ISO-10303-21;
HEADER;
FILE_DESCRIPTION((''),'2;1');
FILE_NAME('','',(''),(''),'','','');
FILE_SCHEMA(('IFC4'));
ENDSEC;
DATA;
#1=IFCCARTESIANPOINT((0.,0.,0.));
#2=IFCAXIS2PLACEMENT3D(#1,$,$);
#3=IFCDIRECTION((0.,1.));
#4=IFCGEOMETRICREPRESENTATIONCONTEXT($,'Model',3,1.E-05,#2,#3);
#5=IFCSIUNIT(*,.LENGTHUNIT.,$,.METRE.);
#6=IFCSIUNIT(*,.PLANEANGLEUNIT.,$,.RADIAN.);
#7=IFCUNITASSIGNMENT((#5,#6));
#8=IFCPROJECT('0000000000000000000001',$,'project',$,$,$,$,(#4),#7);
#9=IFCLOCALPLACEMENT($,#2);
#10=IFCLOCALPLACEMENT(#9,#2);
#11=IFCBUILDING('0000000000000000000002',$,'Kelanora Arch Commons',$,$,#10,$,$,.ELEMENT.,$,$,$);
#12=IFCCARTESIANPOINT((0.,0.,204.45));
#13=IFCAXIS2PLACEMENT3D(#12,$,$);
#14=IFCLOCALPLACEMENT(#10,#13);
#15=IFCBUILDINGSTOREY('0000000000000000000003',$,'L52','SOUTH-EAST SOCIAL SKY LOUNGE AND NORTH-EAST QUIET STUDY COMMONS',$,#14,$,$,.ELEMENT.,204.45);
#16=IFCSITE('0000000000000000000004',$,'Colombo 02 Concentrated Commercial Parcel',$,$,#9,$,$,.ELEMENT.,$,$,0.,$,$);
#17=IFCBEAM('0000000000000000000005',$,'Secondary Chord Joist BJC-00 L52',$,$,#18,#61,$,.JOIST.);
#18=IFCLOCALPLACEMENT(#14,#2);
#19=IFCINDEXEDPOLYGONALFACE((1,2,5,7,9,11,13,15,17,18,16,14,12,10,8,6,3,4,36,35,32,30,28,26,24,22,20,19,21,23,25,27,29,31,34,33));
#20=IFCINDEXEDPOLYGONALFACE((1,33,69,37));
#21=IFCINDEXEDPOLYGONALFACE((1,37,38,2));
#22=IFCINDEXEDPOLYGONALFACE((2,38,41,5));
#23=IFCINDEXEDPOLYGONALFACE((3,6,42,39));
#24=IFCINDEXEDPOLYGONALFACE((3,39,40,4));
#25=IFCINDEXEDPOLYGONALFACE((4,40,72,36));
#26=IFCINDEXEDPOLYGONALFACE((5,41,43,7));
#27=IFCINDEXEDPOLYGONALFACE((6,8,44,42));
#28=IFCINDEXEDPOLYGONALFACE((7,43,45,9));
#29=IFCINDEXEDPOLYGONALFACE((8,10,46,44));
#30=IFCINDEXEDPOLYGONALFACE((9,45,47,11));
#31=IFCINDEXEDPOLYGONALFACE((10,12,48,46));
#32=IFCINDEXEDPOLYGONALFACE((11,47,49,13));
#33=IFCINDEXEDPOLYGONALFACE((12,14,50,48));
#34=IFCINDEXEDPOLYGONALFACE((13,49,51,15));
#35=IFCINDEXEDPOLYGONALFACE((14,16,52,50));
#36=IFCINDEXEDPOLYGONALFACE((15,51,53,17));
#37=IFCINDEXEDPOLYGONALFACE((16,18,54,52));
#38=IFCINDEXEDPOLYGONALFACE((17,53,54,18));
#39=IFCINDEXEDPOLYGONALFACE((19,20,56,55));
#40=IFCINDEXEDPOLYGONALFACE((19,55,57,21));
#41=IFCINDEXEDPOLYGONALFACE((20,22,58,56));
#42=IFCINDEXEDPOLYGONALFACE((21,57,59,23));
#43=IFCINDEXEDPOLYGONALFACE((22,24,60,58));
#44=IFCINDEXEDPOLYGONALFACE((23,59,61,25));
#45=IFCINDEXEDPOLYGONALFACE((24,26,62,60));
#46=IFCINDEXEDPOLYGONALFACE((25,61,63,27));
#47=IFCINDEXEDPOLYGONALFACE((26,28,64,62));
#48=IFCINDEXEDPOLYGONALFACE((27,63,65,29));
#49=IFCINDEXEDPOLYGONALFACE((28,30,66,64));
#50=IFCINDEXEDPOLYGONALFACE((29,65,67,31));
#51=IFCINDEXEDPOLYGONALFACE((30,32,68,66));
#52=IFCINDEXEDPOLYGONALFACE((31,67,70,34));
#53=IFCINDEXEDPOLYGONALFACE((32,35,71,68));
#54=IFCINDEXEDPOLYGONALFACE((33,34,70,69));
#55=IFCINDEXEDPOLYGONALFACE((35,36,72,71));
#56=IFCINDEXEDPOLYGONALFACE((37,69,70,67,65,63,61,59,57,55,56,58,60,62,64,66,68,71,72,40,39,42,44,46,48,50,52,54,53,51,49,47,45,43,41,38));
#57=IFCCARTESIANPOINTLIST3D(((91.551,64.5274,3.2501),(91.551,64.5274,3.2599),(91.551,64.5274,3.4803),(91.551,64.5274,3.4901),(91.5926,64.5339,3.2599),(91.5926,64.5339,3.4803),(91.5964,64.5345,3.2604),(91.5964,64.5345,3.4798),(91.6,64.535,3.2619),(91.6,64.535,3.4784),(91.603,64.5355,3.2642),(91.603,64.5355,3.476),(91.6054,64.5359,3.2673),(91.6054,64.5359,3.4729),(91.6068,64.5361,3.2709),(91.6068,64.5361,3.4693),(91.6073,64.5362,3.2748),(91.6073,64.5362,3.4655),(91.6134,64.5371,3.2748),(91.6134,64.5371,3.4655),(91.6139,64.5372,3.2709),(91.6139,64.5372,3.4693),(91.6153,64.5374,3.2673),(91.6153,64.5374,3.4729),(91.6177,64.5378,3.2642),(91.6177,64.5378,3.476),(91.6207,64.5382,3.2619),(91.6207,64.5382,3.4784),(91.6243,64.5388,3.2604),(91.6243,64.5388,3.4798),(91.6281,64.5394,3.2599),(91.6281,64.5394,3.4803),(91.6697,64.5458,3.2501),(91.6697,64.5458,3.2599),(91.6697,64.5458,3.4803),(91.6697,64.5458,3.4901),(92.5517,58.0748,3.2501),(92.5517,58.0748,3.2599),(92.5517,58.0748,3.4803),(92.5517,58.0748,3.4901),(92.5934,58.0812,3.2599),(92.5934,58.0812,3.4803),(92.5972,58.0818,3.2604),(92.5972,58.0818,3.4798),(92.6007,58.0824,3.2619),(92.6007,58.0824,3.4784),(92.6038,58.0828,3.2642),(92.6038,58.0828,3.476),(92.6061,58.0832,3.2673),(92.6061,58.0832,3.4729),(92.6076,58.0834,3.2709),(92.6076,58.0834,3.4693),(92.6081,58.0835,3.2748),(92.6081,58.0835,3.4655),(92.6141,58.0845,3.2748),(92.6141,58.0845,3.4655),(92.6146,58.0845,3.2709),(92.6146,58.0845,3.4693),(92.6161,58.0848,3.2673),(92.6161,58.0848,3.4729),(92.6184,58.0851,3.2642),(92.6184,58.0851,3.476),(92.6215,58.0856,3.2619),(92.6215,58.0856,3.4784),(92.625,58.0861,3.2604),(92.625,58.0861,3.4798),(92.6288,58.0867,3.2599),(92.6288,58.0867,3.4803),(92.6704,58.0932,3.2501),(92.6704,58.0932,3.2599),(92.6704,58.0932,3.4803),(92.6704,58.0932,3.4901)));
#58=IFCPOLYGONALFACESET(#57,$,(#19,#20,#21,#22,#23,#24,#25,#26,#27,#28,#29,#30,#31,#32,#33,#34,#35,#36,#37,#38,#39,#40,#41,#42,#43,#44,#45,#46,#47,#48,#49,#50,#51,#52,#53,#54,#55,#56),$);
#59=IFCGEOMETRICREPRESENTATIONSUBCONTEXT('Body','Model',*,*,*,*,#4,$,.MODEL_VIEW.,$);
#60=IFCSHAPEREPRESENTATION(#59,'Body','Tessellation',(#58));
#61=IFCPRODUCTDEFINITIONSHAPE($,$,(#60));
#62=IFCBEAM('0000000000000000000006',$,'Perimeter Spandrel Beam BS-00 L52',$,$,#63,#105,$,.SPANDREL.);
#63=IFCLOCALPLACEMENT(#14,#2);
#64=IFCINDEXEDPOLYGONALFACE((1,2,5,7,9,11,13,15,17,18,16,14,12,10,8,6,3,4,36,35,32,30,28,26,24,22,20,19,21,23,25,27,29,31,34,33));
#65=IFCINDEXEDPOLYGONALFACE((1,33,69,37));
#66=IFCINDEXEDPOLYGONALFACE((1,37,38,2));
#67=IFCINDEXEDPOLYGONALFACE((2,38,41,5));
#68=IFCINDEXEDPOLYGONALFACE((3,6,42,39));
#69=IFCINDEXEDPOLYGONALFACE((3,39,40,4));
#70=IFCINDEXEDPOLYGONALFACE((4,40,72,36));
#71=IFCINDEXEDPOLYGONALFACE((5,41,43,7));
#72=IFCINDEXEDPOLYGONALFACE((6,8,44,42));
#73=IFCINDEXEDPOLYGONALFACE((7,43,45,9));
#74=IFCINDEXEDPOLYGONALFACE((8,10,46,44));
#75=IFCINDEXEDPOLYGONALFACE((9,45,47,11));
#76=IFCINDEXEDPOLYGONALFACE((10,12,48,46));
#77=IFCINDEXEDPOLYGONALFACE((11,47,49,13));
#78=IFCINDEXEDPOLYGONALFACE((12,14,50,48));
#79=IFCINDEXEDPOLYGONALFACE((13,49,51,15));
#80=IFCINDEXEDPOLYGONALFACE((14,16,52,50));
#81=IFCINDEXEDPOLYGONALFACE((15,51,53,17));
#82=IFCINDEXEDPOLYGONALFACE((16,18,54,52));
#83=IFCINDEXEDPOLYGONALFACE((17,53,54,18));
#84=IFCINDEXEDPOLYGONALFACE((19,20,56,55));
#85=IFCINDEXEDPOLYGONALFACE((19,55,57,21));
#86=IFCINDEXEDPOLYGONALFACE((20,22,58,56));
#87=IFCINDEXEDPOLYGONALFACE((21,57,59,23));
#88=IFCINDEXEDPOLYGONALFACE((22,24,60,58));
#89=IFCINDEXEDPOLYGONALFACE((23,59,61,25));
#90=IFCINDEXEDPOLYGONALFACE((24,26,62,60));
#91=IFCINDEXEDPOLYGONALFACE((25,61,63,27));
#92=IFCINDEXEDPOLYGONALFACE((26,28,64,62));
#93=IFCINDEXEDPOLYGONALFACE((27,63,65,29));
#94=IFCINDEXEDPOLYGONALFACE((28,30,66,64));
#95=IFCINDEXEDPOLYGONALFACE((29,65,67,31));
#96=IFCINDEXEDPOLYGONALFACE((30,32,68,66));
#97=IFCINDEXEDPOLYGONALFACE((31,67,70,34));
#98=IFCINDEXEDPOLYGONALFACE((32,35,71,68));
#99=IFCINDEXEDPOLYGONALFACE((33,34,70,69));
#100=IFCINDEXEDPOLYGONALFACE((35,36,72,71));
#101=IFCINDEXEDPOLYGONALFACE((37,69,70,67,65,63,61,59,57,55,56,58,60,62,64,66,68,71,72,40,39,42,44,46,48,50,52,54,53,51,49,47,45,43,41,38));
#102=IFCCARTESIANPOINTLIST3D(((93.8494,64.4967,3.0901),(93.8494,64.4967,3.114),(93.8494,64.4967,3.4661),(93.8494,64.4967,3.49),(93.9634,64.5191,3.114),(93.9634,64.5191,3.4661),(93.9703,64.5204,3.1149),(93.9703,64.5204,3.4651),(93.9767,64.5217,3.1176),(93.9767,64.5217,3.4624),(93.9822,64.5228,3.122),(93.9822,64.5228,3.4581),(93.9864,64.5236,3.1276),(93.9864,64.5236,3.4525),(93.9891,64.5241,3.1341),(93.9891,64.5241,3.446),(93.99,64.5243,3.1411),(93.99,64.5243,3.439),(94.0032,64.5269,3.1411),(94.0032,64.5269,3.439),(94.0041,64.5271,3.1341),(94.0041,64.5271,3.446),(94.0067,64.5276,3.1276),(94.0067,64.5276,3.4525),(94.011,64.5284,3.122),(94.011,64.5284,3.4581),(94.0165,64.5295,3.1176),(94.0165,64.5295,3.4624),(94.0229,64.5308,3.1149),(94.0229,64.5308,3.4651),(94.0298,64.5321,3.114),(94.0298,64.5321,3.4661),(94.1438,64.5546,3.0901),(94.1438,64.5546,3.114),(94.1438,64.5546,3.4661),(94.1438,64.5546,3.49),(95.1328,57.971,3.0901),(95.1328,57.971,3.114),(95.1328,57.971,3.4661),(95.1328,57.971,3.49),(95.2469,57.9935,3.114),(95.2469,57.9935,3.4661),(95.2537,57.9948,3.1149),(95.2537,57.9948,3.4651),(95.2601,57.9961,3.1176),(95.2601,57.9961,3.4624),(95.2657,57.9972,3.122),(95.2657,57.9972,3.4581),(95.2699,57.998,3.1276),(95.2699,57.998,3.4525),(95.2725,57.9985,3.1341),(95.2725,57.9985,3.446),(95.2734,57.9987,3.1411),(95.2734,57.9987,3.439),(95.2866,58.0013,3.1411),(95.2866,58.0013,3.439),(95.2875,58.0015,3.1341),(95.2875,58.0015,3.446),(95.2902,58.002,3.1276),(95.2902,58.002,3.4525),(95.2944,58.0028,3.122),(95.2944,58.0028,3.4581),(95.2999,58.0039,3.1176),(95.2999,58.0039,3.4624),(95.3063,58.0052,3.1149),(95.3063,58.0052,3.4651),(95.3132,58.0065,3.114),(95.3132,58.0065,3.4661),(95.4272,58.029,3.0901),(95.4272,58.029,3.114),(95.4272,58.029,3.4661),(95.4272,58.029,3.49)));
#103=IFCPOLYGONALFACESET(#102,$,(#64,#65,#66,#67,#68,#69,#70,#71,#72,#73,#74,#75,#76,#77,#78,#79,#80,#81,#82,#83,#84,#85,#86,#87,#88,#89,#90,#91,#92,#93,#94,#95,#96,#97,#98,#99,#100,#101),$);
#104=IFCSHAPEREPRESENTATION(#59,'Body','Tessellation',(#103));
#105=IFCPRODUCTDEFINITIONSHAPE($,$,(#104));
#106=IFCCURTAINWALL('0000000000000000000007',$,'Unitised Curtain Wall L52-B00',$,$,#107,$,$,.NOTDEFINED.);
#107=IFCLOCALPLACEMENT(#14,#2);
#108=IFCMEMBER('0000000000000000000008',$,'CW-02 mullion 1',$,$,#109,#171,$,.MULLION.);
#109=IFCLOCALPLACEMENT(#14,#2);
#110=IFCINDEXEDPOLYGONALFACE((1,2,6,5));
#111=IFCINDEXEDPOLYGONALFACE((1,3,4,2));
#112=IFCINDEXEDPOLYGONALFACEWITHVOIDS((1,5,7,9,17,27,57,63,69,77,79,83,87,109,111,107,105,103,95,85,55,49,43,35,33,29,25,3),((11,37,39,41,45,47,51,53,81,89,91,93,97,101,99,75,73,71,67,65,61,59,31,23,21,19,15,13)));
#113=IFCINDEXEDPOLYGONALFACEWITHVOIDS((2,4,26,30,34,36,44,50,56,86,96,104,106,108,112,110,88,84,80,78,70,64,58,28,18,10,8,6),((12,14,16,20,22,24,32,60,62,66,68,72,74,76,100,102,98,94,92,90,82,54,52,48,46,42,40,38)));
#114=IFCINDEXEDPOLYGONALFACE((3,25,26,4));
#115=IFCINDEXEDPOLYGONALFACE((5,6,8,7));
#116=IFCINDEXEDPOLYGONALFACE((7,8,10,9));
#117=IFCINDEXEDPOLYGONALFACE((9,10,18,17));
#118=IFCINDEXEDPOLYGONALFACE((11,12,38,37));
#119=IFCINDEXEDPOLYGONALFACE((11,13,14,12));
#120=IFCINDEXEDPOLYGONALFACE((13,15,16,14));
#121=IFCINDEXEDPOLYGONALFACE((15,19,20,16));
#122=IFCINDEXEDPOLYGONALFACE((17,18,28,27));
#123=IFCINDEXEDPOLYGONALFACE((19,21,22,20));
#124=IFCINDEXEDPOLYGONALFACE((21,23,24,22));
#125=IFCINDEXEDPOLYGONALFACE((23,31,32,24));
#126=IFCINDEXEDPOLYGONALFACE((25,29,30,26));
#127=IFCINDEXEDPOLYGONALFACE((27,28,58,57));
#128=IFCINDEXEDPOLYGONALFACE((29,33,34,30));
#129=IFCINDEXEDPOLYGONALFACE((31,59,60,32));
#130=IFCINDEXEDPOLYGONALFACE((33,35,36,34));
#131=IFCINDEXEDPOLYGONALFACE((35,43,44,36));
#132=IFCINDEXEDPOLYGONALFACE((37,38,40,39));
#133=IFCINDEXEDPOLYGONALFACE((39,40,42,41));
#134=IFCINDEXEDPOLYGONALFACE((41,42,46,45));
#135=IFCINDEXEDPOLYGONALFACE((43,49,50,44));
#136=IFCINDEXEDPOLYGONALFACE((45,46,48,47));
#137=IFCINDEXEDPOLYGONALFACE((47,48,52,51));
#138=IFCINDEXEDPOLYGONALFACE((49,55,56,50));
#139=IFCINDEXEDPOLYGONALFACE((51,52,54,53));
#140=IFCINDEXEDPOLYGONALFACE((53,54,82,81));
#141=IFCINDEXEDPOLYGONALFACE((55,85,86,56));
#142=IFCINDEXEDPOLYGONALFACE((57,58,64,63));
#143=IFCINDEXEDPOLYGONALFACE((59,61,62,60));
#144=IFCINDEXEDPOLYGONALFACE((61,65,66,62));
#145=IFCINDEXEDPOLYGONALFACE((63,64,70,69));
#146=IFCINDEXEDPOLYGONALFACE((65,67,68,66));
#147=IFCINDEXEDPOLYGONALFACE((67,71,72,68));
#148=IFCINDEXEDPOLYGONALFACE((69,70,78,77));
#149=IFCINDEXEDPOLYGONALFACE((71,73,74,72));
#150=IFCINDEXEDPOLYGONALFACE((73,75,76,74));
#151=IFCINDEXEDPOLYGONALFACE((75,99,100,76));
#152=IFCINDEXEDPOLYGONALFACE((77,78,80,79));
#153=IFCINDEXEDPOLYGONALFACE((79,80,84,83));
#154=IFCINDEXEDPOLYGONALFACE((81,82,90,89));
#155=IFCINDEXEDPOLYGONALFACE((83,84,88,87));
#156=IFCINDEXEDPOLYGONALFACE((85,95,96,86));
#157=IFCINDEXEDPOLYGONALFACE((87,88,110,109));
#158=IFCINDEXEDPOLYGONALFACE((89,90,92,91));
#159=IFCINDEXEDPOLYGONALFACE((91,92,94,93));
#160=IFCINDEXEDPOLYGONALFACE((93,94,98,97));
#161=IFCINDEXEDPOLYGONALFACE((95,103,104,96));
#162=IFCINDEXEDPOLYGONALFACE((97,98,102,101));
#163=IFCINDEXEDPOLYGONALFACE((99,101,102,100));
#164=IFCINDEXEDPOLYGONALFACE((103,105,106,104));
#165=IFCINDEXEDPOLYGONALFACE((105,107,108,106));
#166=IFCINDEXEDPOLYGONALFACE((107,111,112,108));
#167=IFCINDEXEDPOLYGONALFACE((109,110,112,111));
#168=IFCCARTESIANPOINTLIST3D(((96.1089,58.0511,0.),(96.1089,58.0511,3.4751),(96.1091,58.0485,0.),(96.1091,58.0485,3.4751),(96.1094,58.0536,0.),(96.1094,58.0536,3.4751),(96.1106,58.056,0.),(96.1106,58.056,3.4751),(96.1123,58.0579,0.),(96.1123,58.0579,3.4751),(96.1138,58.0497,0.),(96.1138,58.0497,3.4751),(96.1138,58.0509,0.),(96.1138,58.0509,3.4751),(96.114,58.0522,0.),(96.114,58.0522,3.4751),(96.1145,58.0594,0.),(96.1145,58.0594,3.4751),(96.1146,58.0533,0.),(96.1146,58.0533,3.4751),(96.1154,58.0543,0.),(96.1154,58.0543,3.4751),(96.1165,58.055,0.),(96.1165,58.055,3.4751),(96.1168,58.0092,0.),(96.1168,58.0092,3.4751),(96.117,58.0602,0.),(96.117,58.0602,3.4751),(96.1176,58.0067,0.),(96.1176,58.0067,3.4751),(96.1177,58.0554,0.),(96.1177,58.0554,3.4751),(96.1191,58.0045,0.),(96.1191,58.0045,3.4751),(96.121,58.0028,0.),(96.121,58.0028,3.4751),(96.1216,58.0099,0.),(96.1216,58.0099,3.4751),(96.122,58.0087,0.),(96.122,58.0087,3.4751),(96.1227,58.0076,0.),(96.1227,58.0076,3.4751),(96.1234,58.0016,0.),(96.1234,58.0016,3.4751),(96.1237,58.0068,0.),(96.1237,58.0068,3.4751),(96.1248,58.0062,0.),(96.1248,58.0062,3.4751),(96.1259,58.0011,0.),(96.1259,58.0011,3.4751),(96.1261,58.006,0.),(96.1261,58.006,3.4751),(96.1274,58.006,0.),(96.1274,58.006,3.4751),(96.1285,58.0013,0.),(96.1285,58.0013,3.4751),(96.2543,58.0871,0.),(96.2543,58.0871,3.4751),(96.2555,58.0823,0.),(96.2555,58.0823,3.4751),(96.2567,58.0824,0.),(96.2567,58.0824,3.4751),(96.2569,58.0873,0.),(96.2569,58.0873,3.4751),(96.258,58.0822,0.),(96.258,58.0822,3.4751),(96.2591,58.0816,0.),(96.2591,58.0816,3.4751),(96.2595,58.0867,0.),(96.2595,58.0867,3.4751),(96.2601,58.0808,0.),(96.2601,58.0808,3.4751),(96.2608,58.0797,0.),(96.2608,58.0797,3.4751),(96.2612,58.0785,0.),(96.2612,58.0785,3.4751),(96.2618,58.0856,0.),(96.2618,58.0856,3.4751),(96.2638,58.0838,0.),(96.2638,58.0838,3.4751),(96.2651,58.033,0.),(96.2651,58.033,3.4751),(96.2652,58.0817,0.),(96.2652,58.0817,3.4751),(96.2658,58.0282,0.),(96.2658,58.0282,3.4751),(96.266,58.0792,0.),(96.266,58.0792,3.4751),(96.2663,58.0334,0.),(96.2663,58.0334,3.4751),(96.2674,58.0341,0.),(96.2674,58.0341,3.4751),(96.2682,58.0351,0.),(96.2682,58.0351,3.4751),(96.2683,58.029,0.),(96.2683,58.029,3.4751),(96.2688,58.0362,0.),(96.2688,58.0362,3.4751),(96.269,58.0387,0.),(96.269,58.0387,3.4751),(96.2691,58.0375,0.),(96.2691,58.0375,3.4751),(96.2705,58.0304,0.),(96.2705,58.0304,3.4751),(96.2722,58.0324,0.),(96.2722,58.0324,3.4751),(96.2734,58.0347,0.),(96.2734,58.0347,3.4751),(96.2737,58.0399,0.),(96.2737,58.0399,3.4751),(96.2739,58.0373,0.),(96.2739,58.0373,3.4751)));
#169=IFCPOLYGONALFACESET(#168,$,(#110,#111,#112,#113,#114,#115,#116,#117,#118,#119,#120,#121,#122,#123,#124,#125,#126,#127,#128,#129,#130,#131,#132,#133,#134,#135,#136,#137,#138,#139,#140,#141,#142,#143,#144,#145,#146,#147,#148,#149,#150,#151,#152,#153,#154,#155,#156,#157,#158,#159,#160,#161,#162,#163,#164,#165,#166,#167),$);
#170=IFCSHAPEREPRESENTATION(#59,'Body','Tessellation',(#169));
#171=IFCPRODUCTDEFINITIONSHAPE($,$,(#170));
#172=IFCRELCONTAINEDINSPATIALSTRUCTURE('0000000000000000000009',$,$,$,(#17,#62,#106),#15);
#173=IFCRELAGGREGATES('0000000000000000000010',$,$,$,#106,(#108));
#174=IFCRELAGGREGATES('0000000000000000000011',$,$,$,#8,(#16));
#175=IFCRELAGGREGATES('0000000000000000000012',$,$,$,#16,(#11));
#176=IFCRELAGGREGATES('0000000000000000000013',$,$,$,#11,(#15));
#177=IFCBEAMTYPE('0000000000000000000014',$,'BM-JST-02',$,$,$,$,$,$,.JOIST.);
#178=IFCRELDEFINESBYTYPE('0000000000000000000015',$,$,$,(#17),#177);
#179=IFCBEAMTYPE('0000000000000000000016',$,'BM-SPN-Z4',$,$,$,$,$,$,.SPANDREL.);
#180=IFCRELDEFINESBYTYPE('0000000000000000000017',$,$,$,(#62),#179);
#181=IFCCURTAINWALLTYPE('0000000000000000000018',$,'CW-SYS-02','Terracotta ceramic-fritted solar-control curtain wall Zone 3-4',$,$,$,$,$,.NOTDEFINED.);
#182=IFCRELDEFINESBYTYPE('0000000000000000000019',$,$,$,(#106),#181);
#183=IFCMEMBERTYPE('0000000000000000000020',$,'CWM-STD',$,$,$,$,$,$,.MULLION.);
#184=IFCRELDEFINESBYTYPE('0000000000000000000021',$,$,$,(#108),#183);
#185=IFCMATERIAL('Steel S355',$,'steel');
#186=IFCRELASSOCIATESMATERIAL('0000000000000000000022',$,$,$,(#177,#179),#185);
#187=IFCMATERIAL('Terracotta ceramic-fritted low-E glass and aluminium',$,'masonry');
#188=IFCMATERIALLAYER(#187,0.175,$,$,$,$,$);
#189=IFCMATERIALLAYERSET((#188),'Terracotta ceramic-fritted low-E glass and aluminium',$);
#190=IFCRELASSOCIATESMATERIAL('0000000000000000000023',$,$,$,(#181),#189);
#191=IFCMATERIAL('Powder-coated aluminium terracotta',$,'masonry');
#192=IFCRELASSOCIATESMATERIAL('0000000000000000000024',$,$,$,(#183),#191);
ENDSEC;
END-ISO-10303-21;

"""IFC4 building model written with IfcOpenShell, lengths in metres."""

from ifc_helpers import new_model, si_unit, direction, frame, origin, origin_2d, place, context, subcontext, project, spatial, hollow_rectangle, i_section, extrude, material, layer, layer_set, material_profile, profile_set, type_object, element, aggregate, save


model = new_model("IFC4")

# Units and contexts
model_context = context("Model", 3, precision=1e-05, world=origin(), true_north=direction((0.0, 1.0)))
body_context = subcontext(model_context, "Body", "Model", "MODEL_VIEW")
ifc_project = project(units=[si_unit("LENGTHUNIT", "METRE"), si_unit("PLANEANGLEUNIT", "RADIAN")], contexts=[model_context])

# Site, building, storey
site_placement = place(None, origin())
site = spatial("IfcSite", under=ifc_project, at=site_placement, Name="Colombo 02 Concentrated Commercial Parcel", CompositionType="ELEMENT", RefElevation=0.0)
building_placement = place(site_placement, origin())
building = spatial("IfcBuilding", under=site, at=building_placement, Name="Kelanora Arch Commons", CompositionType="ELEMENT")
storey_placement = place(building_placement, frame((0.0, 0.0, 204.45)))
storey = spatial("IfcBuildingStorey", under=building, at=storey_placement, Name="L52", Description="SOUTH-EAST SOCIAL SKY LOUNGE AND NORTH-EAST QUIET STUDY COMMONS", CompositionType="ELEMENT", Elevation=204.45)

# Beams
ifc_material_1 = material(Name="Steel S355", Category="steel")
ifc_material_profile_1 = material_profile(ifc_material_1, i_section(OverallWidth=0.1201, OverallDepth=0.24, WebThickness=0.0061, FlangeThickness=0.0098, FilletRadius=0.0149, at=origin_2d()), Name="IPE240")
ifc_profile_set_1 = profile_set([ifc_material_profile_1], Name="Steel S355")
beam_type_1 = type_object("IfcBeamType", Name="BM-JST-02", PredefinedType="JOIST", material=ifc_profile_set_1)
beam_1_placement = place(storey_placement, frame((92.6111, 58.084, 3.3701), z_axis=(-0.153257, 0.988186, 0.0), x_axis=(-0.988186, -0.153257, 0.0)))
element("IfcBeam", 1, at=beam_1_placement, inside=storey, type_object=beam_type_1, Name="Secondary Chord Joist BJC-00 L52", PredefinedType="JOIST", context=body_context, shape_type="SweptSolid", body=[
    extrude(i_section(OverallWidth=0.1201, OverallDepth=0.24, WebThickness=0.0061, FlangeThickness=0.0098, FilletRadius=0.0149, at=origin_2d()), origin(), (0.0, 0.0, 1.0), 6.5298),
])
ifc_material_profile_2 = material_profile(ifc_material_1, i_section(OverallWidth=0.3, OverallDepth=0.3999, WebThickness=0.0134, FlangeThickness=0.0239, FilletRadius=0.0271, at=origin_2d()), Name="HEB400")
ifc_profile_set_2 = profile_set([ifc_material_profile_2], Name="Steel S355")
beam_type_2 = type_object("IfcBeamType", Name="BM-SPN-Z4", PredefinedType="SPANDREL", material=ifc_profile_set_2)
beam_2_placement = place(storey_placement, frame((95.28, 58.0, 3.29), z_axis=(-0.192981, 0.981203, 0.0), x_axis=(-0.981203, -0.192981, 0.0)))
element("IfcBeam", 2, at=beam_2_placement, inside=storey, type_object=beam_type_2, Name="Perimeter Spandrel Beam BS-00 L52", PredefinedType="SPANDREL", context=body_context, shape_type="SweptSolid", body=[
    extrude(i_section(OverallWidth=0.3, OverallDepth=0.3999, WebThickness=0.0134, FlangeThickness=0.0239, FilletRadius=0.0271, at=origin_2d()), origin(), (0.0, 0.0, 1.0), 6.6506),
])

# Curtain wall, member
ifc_material_2 = material(Name="Terracotta ceramic-fritted low-E glass and aluminium", Category="masonry")
ifc_layer_1 = layer(ifc_material_2, 0.175)
ifc_layer_set_1 = layer_set([ifc_layer_1], Name="Terracotta ceramic-fritted low-E glass and aluminium")
curtain_wall_type = type_object("IfcCurtainWallType", Name="CW-SYS-02", Description="Terracotta ceramic-fritted solar-control curtain wall Zone 3-4", PredefinedType="NOTDEFINED", material=ifc_layer_set_1)
curtain_wall_placement = place(storey_placement, origin())
curtain_wall = element("IfcCurtainWall", 3, at=curtain_wall_placement, inside=storey, type_object=curtain_wall_type, Name="Unitised Curtain Wall L52-B00", PredefinedType="NOTDEFINED")
ifc_material_3 = material(Name="Powder-coated aluminium terracotta", Category="masonry")
ifc_material_profile_3 = material_profile(ifc_material_3, hollow_rectangle(XDim=0.1599, YDim=0.0601, WallThickness=0.0049, InnerFilletRadius=0.0049, OuterFilletRadius=0.01, at=origin_2d()), Name="CWM160x60")
ifc_profile_set_3 = profile_set([ifc_material_profile_3], Name="Powder-coated aluminium terracotta")
member_type_1 = type_object("IfcMemberType", Name="CWM-STD", PredefinedType="MULLION", material=ifc_profile_set_3)
member_1_placement = place(storey_placement, frame((96.1914, 58.0442, 0.0), z_axis=(0.0, 0.0, 1.0), x_axis=(-0.981381, -0.192069, 0.0)))
member_1 = element("IfcMember", 4, at=member_1_placement, type_object=member_type_1, Name="CW-02 mullion 1", PredefinedType="MULLION", context=body_context, shape_type="SweptSolid", body=[
    extrude(hollow_rectangle(XDim=0.1599, YDim=0.0601, WallThickness=0.0049, InnerFilletRadius=0.0049, OuterFilletRadius=0.01, at=origin_2d()), origin(), (0.0, 0.0, 1.0), 3.4751),
])
aggregate(curtain_wall, [member_1])

save(model, "model.ifc")
